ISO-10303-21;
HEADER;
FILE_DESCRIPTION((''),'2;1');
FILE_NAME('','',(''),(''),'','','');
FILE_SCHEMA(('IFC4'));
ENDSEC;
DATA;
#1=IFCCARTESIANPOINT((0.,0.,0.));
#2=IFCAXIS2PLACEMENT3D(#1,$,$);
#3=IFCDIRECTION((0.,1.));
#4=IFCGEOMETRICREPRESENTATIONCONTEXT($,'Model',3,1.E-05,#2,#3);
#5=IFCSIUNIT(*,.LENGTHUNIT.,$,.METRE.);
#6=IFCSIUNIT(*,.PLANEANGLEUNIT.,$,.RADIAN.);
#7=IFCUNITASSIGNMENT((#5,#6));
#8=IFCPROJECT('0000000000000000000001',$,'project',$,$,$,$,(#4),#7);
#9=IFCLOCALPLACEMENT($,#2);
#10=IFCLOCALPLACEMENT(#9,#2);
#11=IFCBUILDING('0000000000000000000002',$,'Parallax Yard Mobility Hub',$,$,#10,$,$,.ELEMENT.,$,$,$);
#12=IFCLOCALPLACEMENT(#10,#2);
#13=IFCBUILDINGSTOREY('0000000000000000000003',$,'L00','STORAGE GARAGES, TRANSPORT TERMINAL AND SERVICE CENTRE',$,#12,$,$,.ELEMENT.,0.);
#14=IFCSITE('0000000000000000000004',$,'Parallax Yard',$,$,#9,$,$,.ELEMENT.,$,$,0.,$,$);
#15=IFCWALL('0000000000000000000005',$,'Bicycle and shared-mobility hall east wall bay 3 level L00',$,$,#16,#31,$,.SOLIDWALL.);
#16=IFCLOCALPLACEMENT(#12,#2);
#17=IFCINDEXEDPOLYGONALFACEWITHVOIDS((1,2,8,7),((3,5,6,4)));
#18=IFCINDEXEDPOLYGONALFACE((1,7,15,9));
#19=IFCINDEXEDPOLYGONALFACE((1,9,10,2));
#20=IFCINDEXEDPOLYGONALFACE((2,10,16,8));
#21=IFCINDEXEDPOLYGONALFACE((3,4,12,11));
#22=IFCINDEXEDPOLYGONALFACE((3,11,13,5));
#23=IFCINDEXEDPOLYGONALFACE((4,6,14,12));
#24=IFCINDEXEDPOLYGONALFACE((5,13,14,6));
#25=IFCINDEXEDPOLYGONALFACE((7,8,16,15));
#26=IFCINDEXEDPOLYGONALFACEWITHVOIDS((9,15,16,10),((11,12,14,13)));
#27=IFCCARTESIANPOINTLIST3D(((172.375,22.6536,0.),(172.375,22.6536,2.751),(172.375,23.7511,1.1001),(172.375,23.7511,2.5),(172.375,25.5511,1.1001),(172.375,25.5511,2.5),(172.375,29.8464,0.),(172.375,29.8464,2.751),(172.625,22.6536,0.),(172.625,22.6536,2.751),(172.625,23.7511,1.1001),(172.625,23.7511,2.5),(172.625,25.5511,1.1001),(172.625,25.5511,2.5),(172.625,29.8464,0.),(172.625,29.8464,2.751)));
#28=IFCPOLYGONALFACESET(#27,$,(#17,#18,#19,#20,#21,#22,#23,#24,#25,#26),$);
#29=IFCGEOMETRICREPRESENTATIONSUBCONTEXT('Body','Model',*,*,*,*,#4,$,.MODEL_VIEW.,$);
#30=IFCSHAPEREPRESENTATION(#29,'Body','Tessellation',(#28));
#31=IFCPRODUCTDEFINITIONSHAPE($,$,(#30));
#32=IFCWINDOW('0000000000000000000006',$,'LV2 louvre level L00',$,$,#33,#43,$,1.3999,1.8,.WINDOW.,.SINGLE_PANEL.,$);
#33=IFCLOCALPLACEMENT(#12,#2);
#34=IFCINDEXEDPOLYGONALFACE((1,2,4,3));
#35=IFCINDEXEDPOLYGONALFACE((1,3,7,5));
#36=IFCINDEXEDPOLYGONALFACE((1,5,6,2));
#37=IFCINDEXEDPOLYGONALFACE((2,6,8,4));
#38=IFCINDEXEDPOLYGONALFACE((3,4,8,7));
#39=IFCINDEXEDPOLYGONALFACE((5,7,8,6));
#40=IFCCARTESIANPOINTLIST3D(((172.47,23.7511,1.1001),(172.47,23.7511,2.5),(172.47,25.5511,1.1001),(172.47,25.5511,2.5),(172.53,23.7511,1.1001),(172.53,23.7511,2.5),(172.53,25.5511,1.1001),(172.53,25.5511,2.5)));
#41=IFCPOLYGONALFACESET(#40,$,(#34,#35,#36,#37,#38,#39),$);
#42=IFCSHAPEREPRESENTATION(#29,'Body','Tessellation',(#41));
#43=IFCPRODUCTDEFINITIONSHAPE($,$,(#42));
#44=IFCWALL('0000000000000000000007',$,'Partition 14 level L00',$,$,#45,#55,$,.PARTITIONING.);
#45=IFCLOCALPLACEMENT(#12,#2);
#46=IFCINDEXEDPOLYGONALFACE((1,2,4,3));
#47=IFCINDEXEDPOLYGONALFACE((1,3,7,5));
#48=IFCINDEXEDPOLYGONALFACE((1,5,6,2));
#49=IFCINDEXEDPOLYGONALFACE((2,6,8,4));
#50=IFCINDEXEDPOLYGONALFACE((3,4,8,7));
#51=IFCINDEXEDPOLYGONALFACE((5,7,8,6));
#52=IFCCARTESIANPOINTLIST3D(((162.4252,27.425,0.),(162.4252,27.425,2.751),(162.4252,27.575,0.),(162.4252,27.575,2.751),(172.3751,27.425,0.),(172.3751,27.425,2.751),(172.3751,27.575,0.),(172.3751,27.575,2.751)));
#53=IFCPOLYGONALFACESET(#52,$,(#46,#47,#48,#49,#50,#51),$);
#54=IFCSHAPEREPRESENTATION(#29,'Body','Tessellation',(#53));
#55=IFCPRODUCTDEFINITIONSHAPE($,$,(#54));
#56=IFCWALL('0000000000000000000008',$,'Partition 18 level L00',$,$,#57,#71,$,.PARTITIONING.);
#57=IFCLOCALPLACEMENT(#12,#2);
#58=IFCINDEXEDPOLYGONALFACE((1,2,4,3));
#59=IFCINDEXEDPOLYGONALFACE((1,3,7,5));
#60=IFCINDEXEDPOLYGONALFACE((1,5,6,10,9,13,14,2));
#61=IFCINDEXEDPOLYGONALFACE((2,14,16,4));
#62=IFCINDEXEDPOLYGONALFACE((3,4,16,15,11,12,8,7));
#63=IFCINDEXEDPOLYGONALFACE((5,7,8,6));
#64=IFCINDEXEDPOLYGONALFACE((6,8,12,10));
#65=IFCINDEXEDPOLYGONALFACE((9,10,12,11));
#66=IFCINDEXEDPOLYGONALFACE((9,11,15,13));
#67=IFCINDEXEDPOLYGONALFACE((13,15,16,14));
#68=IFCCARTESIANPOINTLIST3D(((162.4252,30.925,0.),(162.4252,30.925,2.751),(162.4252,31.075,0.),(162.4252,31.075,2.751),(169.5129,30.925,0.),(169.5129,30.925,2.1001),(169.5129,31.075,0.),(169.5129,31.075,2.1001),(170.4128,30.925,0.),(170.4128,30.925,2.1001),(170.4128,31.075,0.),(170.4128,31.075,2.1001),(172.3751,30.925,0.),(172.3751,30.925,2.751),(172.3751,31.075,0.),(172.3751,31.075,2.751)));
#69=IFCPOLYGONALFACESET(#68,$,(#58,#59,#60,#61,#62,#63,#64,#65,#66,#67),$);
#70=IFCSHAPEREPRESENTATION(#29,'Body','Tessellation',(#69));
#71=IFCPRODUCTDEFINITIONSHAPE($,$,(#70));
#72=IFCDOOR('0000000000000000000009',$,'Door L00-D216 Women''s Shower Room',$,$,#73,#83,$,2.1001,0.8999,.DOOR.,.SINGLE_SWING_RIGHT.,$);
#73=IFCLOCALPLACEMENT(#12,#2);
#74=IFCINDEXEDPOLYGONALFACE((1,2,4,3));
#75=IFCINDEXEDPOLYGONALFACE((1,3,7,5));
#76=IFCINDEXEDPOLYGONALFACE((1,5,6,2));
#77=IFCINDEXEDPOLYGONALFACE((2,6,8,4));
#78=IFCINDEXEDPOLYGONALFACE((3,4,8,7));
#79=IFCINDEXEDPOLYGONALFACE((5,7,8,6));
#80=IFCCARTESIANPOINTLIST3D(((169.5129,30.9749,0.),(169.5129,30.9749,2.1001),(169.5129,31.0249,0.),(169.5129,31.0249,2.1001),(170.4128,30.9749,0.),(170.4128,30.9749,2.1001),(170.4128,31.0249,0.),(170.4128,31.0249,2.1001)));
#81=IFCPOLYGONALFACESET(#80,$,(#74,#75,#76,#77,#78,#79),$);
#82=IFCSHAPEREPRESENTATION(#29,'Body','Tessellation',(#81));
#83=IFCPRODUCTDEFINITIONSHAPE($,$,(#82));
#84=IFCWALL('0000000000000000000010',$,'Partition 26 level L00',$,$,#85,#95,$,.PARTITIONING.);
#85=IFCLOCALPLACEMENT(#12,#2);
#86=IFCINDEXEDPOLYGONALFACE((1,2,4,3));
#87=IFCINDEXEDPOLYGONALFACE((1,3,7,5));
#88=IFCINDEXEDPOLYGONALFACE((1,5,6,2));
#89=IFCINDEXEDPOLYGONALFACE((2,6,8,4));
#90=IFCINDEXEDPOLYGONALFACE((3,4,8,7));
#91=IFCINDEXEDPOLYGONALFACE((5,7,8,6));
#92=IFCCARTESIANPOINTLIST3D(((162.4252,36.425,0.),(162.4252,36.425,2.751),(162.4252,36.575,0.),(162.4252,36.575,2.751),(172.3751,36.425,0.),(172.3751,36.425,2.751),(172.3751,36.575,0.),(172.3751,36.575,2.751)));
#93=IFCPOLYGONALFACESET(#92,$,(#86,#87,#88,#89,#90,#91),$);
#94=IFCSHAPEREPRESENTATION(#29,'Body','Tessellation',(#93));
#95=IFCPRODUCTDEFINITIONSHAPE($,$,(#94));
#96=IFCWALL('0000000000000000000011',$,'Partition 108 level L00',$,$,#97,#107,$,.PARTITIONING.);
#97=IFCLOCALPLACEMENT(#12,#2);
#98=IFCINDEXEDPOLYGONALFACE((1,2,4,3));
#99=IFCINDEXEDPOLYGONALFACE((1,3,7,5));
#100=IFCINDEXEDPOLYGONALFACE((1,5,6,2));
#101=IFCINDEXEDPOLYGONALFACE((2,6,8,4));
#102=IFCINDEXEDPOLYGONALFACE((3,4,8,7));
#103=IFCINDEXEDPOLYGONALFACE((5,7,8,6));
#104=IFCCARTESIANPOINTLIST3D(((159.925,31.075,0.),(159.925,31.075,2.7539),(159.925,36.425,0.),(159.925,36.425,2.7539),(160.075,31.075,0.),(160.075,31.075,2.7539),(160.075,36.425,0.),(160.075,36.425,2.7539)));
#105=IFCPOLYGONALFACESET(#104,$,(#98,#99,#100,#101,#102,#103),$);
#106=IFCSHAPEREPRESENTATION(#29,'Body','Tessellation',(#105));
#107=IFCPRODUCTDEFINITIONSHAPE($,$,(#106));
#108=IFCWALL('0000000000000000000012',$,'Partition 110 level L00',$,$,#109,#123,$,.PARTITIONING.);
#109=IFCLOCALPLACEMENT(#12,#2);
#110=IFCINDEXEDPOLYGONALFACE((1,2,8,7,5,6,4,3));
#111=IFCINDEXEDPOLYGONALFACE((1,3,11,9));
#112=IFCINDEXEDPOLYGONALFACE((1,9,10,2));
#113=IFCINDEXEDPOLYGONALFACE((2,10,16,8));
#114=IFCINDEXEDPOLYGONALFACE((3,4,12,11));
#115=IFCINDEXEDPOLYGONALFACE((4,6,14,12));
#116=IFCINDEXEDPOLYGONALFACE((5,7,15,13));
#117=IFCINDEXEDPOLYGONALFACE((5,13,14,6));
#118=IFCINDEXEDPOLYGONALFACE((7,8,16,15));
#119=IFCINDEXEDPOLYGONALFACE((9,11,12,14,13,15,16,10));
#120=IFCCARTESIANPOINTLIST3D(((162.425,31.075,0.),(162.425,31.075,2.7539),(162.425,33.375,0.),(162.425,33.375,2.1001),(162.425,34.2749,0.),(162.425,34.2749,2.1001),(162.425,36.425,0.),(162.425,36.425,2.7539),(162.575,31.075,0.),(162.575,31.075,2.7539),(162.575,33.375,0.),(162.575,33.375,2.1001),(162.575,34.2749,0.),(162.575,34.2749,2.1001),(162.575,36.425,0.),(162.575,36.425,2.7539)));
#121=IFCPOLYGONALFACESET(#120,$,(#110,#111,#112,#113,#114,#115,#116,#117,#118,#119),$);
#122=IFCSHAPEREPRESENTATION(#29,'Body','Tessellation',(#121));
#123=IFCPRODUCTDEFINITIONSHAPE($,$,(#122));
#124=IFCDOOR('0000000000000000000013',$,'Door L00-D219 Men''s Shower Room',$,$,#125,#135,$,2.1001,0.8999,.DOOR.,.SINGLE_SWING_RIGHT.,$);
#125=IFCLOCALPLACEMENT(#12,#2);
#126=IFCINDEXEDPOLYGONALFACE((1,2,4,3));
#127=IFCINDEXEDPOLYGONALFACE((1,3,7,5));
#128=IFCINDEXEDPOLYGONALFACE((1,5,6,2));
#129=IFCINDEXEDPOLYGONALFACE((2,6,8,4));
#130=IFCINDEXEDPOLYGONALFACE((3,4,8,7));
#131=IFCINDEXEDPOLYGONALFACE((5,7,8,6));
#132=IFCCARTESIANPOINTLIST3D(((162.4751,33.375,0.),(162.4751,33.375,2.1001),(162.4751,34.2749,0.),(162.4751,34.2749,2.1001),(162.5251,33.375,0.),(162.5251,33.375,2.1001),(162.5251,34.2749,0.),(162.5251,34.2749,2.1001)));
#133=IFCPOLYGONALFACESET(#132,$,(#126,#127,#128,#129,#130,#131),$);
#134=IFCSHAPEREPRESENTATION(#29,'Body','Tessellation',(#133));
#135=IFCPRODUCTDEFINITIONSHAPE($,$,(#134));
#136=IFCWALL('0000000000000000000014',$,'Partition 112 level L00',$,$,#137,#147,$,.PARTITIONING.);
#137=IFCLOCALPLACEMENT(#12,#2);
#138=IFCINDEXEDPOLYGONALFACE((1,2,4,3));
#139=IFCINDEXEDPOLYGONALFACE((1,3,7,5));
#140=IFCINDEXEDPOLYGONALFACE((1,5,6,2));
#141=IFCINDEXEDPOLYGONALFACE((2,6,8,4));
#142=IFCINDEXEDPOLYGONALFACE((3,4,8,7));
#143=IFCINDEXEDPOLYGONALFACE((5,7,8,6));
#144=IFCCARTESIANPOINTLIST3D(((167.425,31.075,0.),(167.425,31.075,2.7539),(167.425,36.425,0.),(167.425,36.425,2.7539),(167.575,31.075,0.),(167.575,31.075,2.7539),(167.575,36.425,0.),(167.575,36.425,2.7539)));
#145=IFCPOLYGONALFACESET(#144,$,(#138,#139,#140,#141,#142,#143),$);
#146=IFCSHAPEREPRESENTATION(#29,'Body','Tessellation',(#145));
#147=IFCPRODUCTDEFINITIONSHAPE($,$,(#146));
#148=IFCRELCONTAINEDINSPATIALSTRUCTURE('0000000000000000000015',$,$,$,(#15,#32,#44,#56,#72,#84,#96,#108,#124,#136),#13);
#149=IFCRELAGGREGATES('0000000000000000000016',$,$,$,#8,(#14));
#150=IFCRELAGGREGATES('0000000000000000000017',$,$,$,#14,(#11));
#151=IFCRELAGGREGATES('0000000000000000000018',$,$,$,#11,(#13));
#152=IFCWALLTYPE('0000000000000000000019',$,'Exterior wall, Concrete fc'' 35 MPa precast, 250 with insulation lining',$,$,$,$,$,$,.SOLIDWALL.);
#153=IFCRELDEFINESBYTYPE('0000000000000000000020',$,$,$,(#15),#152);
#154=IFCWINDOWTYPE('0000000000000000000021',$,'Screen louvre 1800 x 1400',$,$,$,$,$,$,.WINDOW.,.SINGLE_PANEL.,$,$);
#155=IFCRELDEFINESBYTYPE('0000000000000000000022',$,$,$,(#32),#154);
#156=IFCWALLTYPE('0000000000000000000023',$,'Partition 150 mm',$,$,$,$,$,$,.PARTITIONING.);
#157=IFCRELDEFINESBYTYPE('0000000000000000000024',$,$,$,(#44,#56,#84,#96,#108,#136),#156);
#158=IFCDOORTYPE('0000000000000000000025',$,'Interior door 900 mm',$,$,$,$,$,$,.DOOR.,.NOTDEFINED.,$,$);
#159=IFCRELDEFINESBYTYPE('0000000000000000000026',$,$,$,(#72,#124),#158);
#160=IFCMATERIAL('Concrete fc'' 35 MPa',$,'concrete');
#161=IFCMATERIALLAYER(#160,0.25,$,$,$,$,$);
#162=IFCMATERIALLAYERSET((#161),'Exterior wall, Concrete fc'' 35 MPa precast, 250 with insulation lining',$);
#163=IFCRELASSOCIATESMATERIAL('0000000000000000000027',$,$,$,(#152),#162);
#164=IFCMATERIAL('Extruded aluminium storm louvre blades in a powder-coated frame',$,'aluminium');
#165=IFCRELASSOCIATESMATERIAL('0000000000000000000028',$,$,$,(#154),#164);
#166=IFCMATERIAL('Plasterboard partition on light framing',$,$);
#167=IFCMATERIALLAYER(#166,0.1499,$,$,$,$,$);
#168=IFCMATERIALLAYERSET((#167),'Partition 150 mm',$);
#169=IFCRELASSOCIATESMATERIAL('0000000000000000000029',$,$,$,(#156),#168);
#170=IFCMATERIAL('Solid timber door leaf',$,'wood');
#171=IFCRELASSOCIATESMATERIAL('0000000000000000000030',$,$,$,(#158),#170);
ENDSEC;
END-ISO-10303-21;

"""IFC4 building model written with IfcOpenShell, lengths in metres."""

from ifc_helpers import new_model, si_unit, direction, frame, frame_2d, origin, place, context, subcontext, project, spatial, rectangle, extrude, material, layer, layer_set, type_object, element, fill, save


model = new_model("IFC4")

# Units and contexts
model_context = context("Model", 3, precision=1e-05, world=origin(), true_north=direction((0.0, 1.0)))
body_context = subcontext(model_context, "Body", "Model", "MODEL_VIEW")
ifc_project = project(units=[si_unit("LENGTHUNIT", "METRE"), si_unit("PLANEANGLEUNIT", "RADIAN")], contexts=[model_context])

# Site, building, storey
site_placement = place(None, origin())
site = spatial("IfcSite", under=ifc_project, at=site_placement, Name="Parallax Yard", CompositionType="ELEMENT", RefElevation=0.0)
building_placement = place(site_placement, origin())
building = spatial("IfcBuilding", under=site, at=building_placement, Name="Parallax Yard Mobility Hub", CompositionType="ELEMENT")
storey_placement = place(building_placement, origin())
storey = spatial("IfcBuildingStorey", under=building, at=storey_placement, Name="L00", Description="STORAGE GARAGES, TRANSPORT TERMINAL AND SERVICE CENTRE", CompositionType="ELEMENT", Elevation=0.0)

# Wall, opening, window
ifc_material_1 = material(Name="Concrete fc' 35 MPa", Category="concrete")
ifc_layer_1 = layer(ifc_material_1, 0.25)
ifc_layer_set_1 = layer_set([ifc_layer_1], Name="Exterior wall, Concrete fc' 35 MPa precast, 250 with insulation lining")
wall_type_1 = type_object("IfcWallType", Name="Exterior wall, Concrete fc' 35 MPa precast, 250 with insulation lining", PredefinedType="SOLIDWALL", material=ifc_layer_set_1)
wall_1_placement = place(storey_placement, frame((172.5, 22.6536, 0.0), z_axis=(0.0, 0.0, 1.0), x_axis=(0.0, 1.0, 0.0)))
wall_1 = element("IfcWall", 1, at=wall_1_placement, inside=storey, type_object=wall_type_1, Name="Bicycle and shared-mobility hall east wall bay 3 level L00", PredefinedType="SOLIDWALL", context=body_context, shape_type="SweptSolid", body=[
    extrude(rectangle(XDim=7.1929, YDim=0.25, at=frame_2d((3.5964, 0.0))), origin(), (0.0, 0.0, 1.0), 2.751),
])
opening_1_placement = place(wall_1_placement, frame((1.0977, 0.0, 1.1001)))
opening_1 = element("IfcOpeningElement", 2, at=opening_1_placement, cuts=wall_1, PredefinedType="OPENING", context=body_context, shape_type="SweptSolid", body=[
    extrude(rectangle(XDim=1.8, YDim=1.3999, at=frame_2d((0.8999, 0.7))), frame((0.0, 0.135, 0.0), z_axis=(0.0, -1.0, 0.0), x_axis=(1.0, 0.0, 0.0)), (0.0, 0.0, 1.0), 0.27),
])
ifc_material_2 = material(Name="Extruded aluminium storm louvre blades in a powder-coated frame", Category="aluminium")
window_type = type_object("IfcWindowType", Name="Screen louvre 1800 x 1400", PartitioningType="SINGLE_PANEL", PredefinedType="WINDOW", material=ifc_material_2)
window_placement = place(opening_1_placement, origin())
window = element("IfcWindow", 3, at=window_placement, inside=storey, type_object=window_type, Name="LV2 louvre level L00", OverallHeight=1.3999, OverallWidth=1.8, PartitioningType="SINGLE_PANEL", PredefinedType="WINDOW", context=body_context, shape_type="SweptSolid", body=[
    extrude(rectangle(XDim=1.8, YDim=1.3999, at=frame_2d((0.8999, 0.7))), frame((0.0, 0.03, 0.0), z_axis=(0.0, -1.0, 0.0), x_axis=(1.0, 0.0, 0.0)), (0.0, 0.0, 1.0), 0.0601),
])
fill(opening_1, window)

# Wall
ifc_material_3 = material(Name="Plasterboard partition on light framing")
ifc_layer_2 = layer(ifc_material_3, 0.1499)
ifc_layer_set_2 = layer_set([ifc_layer_2], Name="Partition 150 mm")
wall_type_2 = type_object("IfcWallType", Name="Partition 150 mm", PredefinedType="PARTITIONING", material=ifc_layer_set_2)
wall_2_placement = place(storey_placement, frame((162.425, 27.5, 0.0), z_axis=(0.0, 0.0, 1.0), x_axis=(1.0, 0.0, 0.0)))
element("IfcWall", 4, at=wall_2_placement, inside=storey, type_object=wall_type_2, Name="Partition 14 level L00", PredefinedType="PARTITIONING", context=body_context, shape_type="SweptSolid", body=[
    extrude(rectangle(XDim=9.95, YDim=0.1499, at=frame_2d((4.9751, 0.0))), origin(), (0.0, 0.0, 1.0), 2.751),
])

# Wall, opening, door
wall_3_placement = place(storey_placement, frame((162.425, 31.0, 0.0), z_axis=(0.0, 0.0, 1.0), x_axis=(1.0, 0.0, 0.0)))
wall_3 = element("IfcWall", 5, at=wall_3_placement, inside=storey, type_object=wall_type_2, Name="Partition 18 level L00", PredefinedType="PARTITIONING", context=body_context, shape_type="SweptSolid", body=[
    extrude(rectangle(XDim=9.95, YDim=0.1499, at=frame_2d((4.9751, 0.0))), origin(), (0.0, 0.0, 1.0), 2.751),
])
opening_2_placement = place(wall_3_placement, frame((7.0879, 0.0, 0.0)))
opening_2 = element("IfcOpeningElement", 6, at=opening_2_placement, cuts=wall_3, PredefinedType="OPENING", context=body_context, shape_type="SweptSolid", body=[
    extrude(rectangle(XDim=0.8999, YDim=2.1001, at=frame_2d((0.45, 1.05))), frame((0.0, 0.085, 0.0), z_axis=(0.0, -1.0, 0.0), x_axis=(1.0, 0.0, 0.0)), (0.0, 0.0, 1.0), 0.1699),
])
ifc_material_4 = material(Name="Solid timber door leaf", Category="wood")
door_type = type_object("IfcDoorType", Name="Interior door 900 mm", OperationType="NOTDEFINED", PredefinedType="DOOR", material=ifc_material_4)
door_1_placement = place(opening_2_placement, origin())
door_1 = element("IfcDoor", 7, at=door_1_placement, inside=storey, type_object=door_type, Name="Door L00-D216 Women's Shower Room", OperationType="SINGLE_SWING_RIGHT", OverallHeight=2.1001, OverallWidth=0.8999, PredefinedType="DOOR", context=body_context, shape_type="SweptSolid", body=[
    extrude(rectangle(XDim=0.8999, YDim=2.1001, at=frame_2d((0.45, 1.05))), frame((0.0, 0.0249, 0.0), z_axis=(0.0, -1.0, 0.0), x_axis=(1.0, 0.0, 0.0)), (0.0, 0.0, 1.0), 0.05),
])
fill(opening_2, door_1)

# Walls
wall_4_placement = place(storey_placement, frame((162.425, 36.5, 0.0), z_axis=(0.0, 0.0, 1.0), x_axis=(1.0, 0.0, 0.0)))
element("IfcWall", 8, at=wall_4_placement, inside=storey, type_object=wall_type_2, Name="Partition 26 level L00", PredefinedType="PARTITIONING", context=body_context, shape_type="SweptSolid", body=[
    extrude(rectangle(XDim=9.95, YDim=0.1499, at=frame_2d((4.9751, 0.0))), origin(), (0.0, 0.0, 1.0), 2.751),
])
wall_5_placement = place(storey_placement, frame((160.0, 31.075, 0.0), z_axis=(0.0, 0.0, 1.0), x_axis=(0.0, 1.0, 0.0)))
element("IfcWall", 9, at=wall_5_placement, inside=storey, type_object=wall_type_2, Name="Partition 108 level L00", PredefinedType="PARTITIONING", context=body_context, shape_type="SweptSolid", body=[
    extrude(rectangle(XDim=5.3501, YDim=0.1499, at=frame_2d((2.675, 0.0))), origin(), (0.0, 0.0, 1.0), 2.7539),
])

# Wall, opening, door
wall_6_placement = place(storey_placement, frame((162.5, 31.075, 0.0), z_axis=(0.0, 0.0, 1.0), x_axis=(0.0, 1.0, 0.0)))
wall_6 = element("IfcWall", 10, at=wall_6_placement, inside=storey, type_object=wall_type_2, Name="Partition 110 level L00", PredefinedType="PARTITIONING", context=body_context, shape_type="SweptSolid", body=[
    extrude(rectangle(XDim=5.3501, YDim=0.1499, at=frame_2d((2.675, 0.0))), origin(), (0.0, 0.0, 1.0), 2.7539),
])
opening_3_placement = place(wall_6_placement, frame((2.3, 0.0, 0.0)))
opening_3 = element("IfcOpeningElement", 11, at=opening_3_placement, cuts=wall_6, PredefinedType="OPENING", context=body_context, shape_type="SweptSolid", body=[
    extrude(rectangle(XDim=0.8999, YDim=2.1001, at=frame_2d((0.45, 1.05))), frame((0.0, 0.085, 0.0), z_axis=(0.0, -1.0, 0.0), x_axis=(1.0, 0.0, 0.0)), (0.0, 0.0, 1.0), 0.1699),
])
door_2_placement = place(opening_3_placement, origin())
door_2 = element("IfcDoor", 12, at=door_2_placement, inside=storey, type_object=door_type, Name="Door L00-D219 Men's Shower Room", OperationType="SINGLE_SWING_RIGHT", OverallHeight=2.1001, OverallWidth=0.8999, PredefinedType="DOOR", context=body_context, shape_type="SweptSolid", body=[
    extrude(rectangle(XDim=0.8999, YDim=2.1001, at=frame_2d((0.45, 1.05))), frame((0.0, 0.0249, 0.0), z_axis=(0.0, -1.0, 0.0), x_axis=(1.0, 0.0, 0.0)), (0.0, 0.0, 1.0), 0.05),
])
fill(opening_3, door_2)

# Wall
wall_7_placement = place(storey_placement, frame((167.5, 31.075, 0.0), z_axis=(0.0, 0.0, 1.0), x_axis=(0.0, 1.0, 0.0)))
element("IfcWall", 13, at=wall_7_placement, inside=storey, type_object=wall_type_2, Name="Partition 112 level L00", PredefinedType="PARTITIONING", context=body_context, shape_type="SweptSolid", body=[
    extrude(rectangle(XDim=5.3501, YDim=0.1499, at=frame_2d((2.675, 0.0))), origin(), (0.0, 0.0, 1.0), 2.7539),
])

save(model, "model.ifc")
